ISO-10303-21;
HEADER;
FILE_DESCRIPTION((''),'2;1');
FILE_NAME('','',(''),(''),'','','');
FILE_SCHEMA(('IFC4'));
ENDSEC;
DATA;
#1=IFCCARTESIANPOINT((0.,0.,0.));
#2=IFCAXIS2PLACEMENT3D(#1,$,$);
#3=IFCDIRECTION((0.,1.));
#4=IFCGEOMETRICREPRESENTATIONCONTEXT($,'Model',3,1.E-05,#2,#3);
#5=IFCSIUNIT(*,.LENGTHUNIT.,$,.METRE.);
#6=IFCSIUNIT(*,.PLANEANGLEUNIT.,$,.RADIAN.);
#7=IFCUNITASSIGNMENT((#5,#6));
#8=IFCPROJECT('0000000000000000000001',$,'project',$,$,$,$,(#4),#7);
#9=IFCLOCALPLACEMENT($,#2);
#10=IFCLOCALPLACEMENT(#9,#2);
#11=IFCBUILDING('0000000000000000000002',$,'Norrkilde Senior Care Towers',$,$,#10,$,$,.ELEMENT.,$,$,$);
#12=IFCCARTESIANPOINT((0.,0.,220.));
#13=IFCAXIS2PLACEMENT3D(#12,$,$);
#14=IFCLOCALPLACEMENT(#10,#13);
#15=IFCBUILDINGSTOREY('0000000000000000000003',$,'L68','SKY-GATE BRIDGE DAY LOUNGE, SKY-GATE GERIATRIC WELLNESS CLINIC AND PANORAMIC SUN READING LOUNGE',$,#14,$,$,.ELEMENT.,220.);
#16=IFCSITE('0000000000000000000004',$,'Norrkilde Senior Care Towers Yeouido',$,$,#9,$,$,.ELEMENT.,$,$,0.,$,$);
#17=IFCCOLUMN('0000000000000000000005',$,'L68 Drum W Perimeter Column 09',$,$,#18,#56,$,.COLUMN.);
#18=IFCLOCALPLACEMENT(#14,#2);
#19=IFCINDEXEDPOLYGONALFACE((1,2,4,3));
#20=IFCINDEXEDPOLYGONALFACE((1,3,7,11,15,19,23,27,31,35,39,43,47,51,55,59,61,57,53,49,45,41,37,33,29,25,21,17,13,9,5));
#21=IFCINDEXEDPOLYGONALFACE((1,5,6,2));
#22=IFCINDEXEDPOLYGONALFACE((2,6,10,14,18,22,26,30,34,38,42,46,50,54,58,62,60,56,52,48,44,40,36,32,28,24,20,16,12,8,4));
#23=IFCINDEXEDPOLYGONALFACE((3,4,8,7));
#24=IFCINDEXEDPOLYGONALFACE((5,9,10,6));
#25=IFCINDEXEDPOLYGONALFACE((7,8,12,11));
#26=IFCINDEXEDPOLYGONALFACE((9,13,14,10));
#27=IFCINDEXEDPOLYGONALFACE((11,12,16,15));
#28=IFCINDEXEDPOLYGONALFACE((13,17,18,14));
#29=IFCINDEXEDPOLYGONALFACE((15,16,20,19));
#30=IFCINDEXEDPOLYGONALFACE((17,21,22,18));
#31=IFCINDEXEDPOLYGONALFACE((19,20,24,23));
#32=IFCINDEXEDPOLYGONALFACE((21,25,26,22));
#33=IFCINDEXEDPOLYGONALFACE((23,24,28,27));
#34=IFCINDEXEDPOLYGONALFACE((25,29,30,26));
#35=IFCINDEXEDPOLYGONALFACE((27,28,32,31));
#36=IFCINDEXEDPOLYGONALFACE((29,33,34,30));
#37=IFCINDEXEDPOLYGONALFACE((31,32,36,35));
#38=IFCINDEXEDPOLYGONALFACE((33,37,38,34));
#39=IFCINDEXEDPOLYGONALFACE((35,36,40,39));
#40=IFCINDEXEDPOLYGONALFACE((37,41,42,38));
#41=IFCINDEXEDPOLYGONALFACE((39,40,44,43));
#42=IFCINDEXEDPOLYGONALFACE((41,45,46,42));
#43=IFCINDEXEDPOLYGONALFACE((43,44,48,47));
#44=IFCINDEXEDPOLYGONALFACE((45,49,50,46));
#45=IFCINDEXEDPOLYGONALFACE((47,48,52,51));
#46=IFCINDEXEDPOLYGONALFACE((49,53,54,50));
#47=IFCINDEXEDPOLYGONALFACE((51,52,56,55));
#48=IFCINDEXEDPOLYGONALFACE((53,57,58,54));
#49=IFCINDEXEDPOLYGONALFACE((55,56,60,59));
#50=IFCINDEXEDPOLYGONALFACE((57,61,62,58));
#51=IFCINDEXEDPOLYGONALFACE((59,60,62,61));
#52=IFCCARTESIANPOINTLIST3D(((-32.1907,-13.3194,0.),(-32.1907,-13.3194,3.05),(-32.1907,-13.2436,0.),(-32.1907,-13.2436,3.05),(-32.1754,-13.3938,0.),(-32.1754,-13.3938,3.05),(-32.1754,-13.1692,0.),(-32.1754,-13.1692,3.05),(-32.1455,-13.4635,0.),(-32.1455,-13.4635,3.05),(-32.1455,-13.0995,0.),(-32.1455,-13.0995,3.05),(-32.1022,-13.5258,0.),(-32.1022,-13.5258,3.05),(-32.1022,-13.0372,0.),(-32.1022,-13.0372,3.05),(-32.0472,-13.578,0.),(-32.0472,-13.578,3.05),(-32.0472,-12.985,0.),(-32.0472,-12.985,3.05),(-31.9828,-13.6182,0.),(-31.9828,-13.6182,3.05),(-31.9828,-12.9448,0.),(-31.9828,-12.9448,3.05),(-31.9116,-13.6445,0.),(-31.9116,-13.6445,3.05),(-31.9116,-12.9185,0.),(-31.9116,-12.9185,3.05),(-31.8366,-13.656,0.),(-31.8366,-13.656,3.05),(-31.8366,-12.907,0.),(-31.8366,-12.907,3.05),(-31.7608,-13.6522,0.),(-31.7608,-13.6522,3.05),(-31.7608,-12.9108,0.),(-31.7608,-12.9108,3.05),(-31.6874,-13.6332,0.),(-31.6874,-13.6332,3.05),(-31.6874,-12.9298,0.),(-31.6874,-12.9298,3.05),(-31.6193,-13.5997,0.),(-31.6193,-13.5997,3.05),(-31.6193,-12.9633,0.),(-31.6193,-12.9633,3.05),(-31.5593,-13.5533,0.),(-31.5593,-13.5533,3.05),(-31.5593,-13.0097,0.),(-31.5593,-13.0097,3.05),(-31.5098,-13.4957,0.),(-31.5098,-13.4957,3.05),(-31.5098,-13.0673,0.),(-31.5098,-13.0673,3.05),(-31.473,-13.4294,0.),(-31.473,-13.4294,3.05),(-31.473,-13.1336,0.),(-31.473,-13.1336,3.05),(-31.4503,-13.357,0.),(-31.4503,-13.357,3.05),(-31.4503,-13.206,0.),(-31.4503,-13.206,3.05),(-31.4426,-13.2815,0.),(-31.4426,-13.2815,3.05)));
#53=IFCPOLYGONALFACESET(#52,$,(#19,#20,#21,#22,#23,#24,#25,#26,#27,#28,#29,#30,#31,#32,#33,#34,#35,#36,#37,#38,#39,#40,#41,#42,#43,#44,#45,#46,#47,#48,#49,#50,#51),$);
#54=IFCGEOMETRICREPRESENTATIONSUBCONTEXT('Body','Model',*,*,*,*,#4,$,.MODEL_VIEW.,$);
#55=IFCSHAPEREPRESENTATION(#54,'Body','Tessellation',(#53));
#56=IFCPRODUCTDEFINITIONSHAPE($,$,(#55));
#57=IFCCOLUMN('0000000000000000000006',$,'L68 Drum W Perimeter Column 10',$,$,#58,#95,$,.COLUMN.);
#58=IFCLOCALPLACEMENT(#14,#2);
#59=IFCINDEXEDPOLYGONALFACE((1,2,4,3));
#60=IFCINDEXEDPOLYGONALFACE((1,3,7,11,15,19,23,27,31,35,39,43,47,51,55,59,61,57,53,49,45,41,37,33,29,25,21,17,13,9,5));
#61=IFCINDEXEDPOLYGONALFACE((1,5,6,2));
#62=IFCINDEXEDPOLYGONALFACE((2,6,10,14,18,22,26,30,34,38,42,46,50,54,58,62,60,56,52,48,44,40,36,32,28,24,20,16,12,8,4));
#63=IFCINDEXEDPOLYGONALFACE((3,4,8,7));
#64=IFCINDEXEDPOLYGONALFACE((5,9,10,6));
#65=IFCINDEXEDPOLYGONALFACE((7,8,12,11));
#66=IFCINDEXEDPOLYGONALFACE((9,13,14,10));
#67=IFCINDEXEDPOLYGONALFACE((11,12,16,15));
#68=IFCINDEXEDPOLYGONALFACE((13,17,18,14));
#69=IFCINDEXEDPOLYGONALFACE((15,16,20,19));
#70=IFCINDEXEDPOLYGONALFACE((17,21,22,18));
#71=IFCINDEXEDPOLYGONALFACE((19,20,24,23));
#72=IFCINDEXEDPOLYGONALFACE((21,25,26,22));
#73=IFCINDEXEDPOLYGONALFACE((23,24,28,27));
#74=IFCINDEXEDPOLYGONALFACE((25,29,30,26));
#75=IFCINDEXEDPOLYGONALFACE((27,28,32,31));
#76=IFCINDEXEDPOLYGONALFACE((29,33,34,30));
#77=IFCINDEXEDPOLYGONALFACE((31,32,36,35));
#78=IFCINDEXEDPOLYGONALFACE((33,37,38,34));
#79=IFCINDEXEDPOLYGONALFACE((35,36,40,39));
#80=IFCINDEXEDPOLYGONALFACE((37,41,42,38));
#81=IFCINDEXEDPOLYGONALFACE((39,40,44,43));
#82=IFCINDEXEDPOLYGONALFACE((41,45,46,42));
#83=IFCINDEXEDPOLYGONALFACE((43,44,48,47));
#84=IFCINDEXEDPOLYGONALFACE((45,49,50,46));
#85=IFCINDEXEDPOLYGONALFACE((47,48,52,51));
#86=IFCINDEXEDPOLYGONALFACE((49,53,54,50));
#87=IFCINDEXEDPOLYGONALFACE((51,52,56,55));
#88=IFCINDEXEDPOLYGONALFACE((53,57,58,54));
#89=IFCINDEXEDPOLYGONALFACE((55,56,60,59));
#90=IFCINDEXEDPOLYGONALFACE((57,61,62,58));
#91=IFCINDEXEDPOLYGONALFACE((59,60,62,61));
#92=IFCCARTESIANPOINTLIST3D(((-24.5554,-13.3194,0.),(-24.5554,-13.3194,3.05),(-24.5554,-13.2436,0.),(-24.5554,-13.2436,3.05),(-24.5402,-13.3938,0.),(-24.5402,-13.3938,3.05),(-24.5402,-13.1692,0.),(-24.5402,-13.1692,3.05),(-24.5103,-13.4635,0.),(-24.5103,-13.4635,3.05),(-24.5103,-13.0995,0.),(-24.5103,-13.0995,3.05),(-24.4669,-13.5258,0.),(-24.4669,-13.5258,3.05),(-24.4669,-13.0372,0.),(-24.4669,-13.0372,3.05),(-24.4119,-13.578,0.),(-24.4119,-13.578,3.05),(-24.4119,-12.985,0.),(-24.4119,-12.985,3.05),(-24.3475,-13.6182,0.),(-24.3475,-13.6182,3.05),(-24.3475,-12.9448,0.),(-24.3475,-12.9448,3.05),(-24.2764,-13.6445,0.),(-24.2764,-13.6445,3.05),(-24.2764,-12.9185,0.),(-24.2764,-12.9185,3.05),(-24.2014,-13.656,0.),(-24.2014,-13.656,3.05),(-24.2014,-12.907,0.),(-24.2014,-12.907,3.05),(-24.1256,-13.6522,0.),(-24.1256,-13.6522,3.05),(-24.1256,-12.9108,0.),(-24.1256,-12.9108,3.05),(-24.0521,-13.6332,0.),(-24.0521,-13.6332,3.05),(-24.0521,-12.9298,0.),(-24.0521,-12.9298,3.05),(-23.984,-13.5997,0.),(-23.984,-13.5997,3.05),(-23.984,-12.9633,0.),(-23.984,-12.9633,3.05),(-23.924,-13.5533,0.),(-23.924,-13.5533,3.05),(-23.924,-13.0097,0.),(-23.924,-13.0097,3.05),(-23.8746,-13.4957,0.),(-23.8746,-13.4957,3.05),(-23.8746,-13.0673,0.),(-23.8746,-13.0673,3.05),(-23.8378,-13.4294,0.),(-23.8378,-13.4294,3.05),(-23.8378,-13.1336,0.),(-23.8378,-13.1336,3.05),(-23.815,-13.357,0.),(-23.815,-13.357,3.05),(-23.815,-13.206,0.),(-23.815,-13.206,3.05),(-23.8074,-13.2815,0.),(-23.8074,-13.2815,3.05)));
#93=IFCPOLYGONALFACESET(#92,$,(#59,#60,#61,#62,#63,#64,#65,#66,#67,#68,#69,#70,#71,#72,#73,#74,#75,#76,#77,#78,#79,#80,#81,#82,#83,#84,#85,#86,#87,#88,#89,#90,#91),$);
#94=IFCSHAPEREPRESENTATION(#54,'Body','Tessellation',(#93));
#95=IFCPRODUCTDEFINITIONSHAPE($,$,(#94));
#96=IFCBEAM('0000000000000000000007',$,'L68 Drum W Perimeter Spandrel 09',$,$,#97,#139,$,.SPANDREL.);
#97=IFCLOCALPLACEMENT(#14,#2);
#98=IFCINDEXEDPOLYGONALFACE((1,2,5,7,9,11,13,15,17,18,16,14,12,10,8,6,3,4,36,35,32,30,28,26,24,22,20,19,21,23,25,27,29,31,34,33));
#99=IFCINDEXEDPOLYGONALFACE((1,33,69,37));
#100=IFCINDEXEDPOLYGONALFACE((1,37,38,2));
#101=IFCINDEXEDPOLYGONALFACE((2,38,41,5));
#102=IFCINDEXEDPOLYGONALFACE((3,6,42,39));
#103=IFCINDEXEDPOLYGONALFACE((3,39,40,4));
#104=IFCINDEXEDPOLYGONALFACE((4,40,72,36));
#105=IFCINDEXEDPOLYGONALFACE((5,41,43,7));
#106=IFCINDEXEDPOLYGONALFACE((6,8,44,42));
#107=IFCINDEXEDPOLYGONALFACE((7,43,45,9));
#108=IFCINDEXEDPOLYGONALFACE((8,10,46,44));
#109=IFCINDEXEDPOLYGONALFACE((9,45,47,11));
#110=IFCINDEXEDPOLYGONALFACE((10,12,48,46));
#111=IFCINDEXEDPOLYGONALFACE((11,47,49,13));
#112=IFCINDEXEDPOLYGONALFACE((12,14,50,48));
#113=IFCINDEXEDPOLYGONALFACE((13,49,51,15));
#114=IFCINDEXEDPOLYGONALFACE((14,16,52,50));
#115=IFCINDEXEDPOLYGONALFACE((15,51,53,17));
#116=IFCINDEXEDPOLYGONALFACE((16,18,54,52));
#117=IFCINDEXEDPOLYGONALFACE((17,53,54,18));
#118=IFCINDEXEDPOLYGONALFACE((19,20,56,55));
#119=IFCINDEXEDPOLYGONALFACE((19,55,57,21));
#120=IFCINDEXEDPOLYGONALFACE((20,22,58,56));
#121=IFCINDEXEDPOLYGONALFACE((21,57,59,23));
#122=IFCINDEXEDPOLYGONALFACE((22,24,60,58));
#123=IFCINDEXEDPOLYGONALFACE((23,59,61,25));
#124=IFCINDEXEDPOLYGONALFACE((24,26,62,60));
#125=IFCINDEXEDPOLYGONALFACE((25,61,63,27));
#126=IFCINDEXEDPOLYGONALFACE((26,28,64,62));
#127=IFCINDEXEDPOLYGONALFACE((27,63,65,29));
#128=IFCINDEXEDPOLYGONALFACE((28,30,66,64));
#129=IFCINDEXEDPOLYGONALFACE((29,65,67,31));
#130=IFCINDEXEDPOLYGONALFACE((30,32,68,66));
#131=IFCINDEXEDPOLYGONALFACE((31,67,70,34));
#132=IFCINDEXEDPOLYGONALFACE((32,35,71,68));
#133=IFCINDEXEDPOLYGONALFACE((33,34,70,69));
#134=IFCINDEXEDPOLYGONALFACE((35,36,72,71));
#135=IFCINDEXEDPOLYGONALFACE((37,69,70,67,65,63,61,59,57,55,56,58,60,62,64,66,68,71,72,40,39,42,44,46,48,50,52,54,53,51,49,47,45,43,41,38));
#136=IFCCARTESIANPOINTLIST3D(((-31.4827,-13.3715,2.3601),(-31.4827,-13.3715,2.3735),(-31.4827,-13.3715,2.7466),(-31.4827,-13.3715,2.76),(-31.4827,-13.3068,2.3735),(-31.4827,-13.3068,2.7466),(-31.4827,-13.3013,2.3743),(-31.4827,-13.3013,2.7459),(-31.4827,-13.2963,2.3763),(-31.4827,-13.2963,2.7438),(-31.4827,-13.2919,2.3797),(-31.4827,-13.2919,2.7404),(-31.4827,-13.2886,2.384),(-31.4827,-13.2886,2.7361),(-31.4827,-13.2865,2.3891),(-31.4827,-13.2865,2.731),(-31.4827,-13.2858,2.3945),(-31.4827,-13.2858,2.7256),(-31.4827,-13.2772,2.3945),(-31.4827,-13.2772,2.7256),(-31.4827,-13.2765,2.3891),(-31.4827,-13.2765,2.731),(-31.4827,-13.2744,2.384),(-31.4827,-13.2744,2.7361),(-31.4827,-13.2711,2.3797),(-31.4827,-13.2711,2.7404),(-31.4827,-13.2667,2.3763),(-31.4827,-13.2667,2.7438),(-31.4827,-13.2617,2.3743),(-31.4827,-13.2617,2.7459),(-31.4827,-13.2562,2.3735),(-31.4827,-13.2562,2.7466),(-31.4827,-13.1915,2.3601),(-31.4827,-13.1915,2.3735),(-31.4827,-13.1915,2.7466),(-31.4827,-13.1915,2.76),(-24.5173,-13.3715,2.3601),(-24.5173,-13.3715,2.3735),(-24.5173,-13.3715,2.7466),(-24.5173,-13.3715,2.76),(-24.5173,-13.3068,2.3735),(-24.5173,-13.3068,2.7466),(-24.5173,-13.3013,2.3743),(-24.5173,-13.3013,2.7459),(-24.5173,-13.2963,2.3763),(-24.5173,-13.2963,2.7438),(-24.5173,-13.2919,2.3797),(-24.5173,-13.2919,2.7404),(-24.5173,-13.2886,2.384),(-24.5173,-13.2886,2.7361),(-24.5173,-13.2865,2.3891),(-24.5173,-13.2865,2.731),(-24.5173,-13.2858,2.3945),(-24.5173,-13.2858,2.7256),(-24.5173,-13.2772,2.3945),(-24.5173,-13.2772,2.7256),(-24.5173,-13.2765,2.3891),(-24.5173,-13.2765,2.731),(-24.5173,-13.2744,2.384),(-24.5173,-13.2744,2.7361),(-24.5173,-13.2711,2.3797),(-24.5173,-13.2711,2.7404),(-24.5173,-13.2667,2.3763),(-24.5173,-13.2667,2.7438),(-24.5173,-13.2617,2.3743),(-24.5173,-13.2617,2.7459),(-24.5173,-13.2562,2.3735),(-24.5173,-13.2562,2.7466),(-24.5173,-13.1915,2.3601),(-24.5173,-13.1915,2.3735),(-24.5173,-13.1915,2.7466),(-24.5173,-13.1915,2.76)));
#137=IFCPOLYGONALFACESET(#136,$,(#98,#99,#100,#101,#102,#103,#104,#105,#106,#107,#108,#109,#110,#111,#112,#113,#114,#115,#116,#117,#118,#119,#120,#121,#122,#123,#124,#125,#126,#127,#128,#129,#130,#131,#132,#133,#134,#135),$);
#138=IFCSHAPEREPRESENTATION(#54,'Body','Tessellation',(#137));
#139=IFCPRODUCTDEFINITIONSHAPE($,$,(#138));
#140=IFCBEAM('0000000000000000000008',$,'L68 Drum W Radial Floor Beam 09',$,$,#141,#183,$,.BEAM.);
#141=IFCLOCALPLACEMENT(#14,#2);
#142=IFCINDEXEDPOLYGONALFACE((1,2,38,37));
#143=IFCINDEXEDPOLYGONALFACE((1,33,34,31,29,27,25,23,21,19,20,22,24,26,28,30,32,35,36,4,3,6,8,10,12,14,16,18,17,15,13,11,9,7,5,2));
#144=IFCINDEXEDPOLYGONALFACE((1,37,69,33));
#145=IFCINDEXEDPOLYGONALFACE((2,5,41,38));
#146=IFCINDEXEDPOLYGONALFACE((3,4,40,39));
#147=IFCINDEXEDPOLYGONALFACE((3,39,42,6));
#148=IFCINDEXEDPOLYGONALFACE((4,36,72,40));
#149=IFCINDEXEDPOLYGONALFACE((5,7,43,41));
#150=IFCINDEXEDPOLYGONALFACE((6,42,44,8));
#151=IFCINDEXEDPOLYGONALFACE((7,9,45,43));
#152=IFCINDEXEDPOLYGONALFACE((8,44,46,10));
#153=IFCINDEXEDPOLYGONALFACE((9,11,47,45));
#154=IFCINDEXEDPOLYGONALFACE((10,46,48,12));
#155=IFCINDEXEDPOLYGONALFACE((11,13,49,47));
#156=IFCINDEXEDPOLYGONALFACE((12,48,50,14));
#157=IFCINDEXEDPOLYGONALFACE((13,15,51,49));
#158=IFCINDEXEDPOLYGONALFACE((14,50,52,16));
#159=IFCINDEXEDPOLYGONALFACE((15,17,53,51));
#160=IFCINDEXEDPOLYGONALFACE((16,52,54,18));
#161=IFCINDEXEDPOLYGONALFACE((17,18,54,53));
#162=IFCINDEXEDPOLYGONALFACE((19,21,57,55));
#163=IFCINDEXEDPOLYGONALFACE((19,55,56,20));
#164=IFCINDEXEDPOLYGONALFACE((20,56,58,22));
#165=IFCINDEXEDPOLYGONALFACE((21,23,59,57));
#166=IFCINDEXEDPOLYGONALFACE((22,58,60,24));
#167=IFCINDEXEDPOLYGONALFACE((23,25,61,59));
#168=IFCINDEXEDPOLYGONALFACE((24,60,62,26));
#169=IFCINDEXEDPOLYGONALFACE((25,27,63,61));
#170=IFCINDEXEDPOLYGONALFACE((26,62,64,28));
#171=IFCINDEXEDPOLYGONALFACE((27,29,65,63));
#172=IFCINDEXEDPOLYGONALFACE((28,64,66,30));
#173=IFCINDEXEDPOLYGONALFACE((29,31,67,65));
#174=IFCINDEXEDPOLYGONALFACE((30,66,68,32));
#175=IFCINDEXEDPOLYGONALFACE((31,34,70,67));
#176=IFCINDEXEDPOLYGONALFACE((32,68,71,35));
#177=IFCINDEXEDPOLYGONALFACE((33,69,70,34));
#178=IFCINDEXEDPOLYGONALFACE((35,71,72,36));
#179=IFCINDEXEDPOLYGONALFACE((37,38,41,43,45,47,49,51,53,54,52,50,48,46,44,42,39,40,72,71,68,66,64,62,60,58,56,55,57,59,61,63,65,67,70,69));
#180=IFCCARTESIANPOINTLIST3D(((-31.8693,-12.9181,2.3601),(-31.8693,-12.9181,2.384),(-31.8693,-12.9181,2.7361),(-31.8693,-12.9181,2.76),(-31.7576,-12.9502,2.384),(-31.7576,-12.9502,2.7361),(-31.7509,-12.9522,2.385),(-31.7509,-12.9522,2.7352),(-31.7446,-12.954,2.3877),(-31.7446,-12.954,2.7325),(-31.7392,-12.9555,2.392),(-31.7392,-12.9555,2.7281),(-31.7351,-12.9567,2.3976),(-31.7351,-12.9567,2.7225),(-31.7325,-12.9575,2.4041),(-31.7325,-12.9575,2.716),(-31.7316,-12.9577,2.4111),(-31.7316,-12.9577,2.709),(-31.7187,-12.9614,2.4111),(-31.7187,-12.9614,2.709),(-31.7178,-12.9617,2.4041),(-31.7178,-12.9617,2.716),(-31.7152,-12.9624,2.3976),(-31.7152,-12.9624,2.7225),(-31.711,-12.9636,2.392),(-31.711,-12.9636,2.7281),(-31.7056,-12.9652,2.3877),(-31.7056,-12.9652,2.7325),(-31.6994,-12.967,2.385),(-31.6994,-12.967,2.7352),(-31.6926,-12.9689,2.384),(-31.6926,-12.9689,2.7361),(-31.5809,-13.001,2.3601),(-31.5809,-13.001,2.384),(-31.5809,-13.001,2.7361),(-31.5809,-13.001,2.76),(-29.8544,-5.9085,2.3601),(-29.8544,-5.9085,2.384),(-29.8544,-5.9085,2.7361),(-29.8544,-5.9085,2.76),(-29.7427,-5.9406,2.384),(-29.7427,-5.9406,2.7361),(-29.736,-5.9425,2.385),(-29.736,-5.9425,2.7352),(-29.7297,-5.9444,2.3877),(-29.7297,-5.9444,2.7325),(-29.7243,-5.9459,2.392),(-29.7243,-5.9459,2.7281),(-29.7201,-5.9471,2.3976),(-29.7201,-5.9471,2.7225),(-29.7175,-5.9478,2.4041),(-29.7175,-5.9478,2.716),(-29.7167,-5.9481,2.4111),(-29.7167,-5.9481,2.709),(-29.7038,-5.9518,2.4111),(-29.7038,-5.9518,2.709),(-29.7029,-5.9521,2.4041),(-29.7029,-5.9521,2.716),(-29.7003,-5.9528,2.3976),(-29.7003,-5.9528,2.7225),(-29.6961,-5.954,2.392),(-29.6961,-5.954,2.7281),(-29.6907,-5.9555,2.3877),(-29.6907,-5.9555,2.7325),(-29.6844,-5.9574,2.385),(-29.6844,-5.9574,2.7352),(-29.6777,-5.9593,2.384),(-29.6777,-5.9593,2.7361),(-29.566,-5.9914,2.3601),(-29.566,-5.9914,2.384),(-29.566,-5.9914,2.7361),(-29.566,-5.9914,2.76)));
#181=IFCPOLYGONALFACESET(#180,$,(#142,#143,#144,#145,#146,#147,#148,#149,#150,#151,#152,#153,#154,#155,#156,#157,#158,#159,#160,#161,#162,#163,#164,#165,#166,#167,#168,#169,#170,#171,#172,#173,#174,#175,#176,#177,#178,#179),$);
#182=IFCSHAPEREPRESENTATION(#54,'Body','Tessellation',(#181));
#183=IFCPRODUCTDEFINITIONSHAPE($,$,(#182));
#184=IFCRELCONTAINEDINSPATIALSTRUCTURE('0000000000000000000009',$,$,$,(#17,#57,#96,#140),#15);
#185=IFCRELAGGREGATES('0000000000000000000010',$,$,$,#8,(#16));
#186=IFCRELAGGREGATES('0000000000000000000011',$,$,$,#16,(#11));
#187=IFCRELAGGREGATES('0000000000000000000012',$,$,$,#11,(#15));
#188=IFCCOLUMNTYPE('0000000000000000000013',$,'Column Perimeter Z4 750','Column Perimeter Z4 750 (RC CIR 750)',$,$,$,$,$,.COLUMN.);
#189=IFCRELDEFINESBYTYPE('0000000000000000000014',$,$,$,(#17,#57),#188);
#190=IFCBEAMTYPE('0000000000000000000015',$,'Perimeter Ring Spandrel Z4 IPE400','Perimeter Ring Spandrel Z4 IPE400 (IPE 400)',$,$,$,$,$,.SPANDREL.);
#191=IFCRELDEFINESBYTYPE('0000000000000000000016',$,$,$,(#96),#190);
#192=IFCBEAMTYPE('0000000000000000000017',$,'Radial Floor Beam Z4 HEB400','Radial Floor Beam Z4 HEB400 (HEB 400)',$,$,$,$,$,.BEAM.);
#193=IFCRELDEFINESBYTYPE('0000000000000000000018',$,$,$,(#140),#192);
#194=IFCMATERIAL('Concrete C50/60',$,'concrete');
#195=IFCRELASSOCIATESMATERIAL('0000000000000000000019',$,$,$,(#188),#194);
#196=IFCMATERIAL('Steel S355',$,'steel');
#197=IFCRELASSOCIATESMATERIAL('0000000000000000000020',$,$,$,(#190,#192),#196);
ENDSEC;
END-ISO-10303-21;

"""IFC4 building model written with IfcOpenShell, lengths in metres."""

from ifc_helpers import new_model, si_unit, direction, frame, origin, origin_2d, place, context, subcontext, project, spatial, circle, i_section, extrude, source, transform, mapped, material, material_profile, profile_set, type_object, type_shapes, element, save


model = new_model("IFC4")

# Units and contexts
model_context = context("Model", 3, precision=1e-05, world=origin(), true_north=direction((0.0, 1.0)))
body_context = subcontext(model_context, "Body", "Model", "MODEL_VIEW")
ifc_project = project(units=[si_unit("LENGTHUNIT", "METRE"), si_unit("PLANEANGLEUNIT", "RADIAN")], contexts=[model_context])

# Site, building, storey
site_placement = place(None, origin())
site = spatial("IfcSite", under=ifc_project, at=site_placement, Name="Norrkilde Senior Care Towers Yeouido", CompositionType="ELEMENT", RefElevation=0.0)
building_placement = place(site_placement, origin())
building = spatial("IfcBuilding", under=site, at=building_placement, Name="Norrkilde Senior Care Towers", CompositionType="ELEMENT")
storey_placement = place(building_placement, frame((0.0, 0.0, 220.0)))
storey = spatial("IfcBuildingStorey", under=building, at=storey_placement, Name="L68", Description="SKY-GATE BRIDGE DAY LOUNGE, SKY-GATE GERIATRIC WELLNESS CLINIC AND PANORAMIC SUN READING LOUNGE", CompositionType="ELEMENT", Elevation=220.0)

# Columns
ifc_material_1 = material(Name="Concrete C50/60", Category="concrete")
ifc_material_profile_1 = material_profile(ifc_material_1, circle(Radius=0.375, at=origin_2d()), Name="RC CIR 750")
ifc_profile_set_1 = profile_set([ifc_material_profile_1], Name="Concrete C50/60")
column_type = type_object("IfcColumnType", Name="Column Perimeter Z4 750", Description="Column Perimeter Z4 750 (RC CIR 750)", PredefinedType="COLUMN", material=ifc_profile_set_1)
shared_shape_1 = source(origin(), body_context, "Body", "SweptSolid", [
    extrude(circle(Radius=0.375, at=origin_2d()), origin(), (0.0, 0.0, 1.0), 3.05),
])
type_shapes(column_type, [shared_shape_1])
for number, where, z_axis, x_axis, name in (
    (1, (-31.8176, -13.2815, 0.0), (0.0, 0.0, 1.0), (1.0, 0.0, 0.0), "L68 Drum W Perimeter Column 09"),
    (2, (-24.1824, -13.2815, 0.0), (0.0, 0.0, 1.0), (1.0, 0.0, 0.0), "L68 Drum W Perimeter Column 10"),
):
    element("IfcColumn", number, at=place(storey_placement, frame(where, z_axis=z_axis, x_axis=x_axis)), inside=storey, type_object=column_type, Name=name, PredefinedType="COLUMN", context=body_context, shape_type="MappedRepresentation", body=[
        mapped(shared_shape_1, transform((0.0, 0.0, 0.0), x_axis=(1.0, 0.0, 0.0), y_axis=(0.0, 1.0, 0.0), z_axis=(0.0, 0.0, 1.0), scale=1.0)),
    ])

# Beams
ifc_material_2 = material(Name="Steel S355", Category="steel")
ifc_material_profile_2 = material_profile(ifc_material_2, i_section(OverallWidth=0.1799, OverallDepth=0.3999, WebThickness=0.0085, FlangeThickness=0.0134, FilletRadius=0.021, at=origin_2d()), Name="IPE 400")
ifc_profile_set_2 = profile_set([ifc_material_profile_2], Name="Steel S355")
beam_type_1 = type_object("IfcBeamType", Name="Perimeter Ring Spandrel Z4 IPE400", Description="Perimeter Ring Spandrel Z4 IPE400 (IPE 400)", PredefinedType="SPANDREL", material=ifc_profile_set_2)
shared_shape_2 = source(origin(), body_context, "Body", "SweptSolid", [
    extrude(i_section(OverallWidth=0.1799, OverallDepth=0.3999, WebThickness=0.0085, FlangeThickness=0.0134, FilletRadius=0.021, at=origin_2d()), origin(), (0.0, 0.0, 1.0), 6.9653),
])
type_shapes(beam_type_1, [shared_shape_2])
beam_placement = place(storey_placement, frame((-31.4827, -13.2815, 2.5601), z_axis=(1.0, 0.0, 0.0), x_axis=(0.0, 1.0, 0.0)))
element("IfcBeam", 3, at=beam_placement, inside=storey, type_object=beam_type_1, Name="L68 Drum W Perimeter Spandrel 09", PredefinedType="SPANDREL", context=body_context, shape_type="MappedRepresentation", body=[
    mapped(shared_shape_2, transform((0.0, 0.0, 0.0), x_axis=(1.0, 0.0, 0.0), y_axis=(0.0, 1.0, 0.0), z_axis=(0.0, 0.0, 1.0), scale=1.0)),
])
ifc_material_profile_3 = material_profile(ifc_material_2, i_section(OverallWidth=0.3, OverallDepth=0.3999, WebThickness=0.0134, FlangeThickness=0.0239, FilletRadius=0.0271, at=origin_2d()), Name="HEB 400")
ifc_profile_set_3 = profile_set([ifc_material_profile_3], Name="Steel S355")
beam_type_2 = type_object("IfcBeamType", Name="Radial Floor Beam Z4 HEB400", Description="Radial Floor Beam Z4 HEB400 (HEB 400)", PredefinedType="BEAM", material=ifc_profile_set_3)
shared_shape_3 = source(origin(), body_context, "Body", "SweptSolid", [
    extrude(i_section(OverallWidth=0.3, OverallDepth=0.3999, WebThickness=0.0134, FlangeThickness=0.0239, FilletRadius=0.0271, at=origin_2d()), origin(), (0.0, 0.0, 1.0), 7.2935),
])
type_shapes(beam_type_2, [shared_shape_3])
for number, where, z_axis, x_axis, name in (
    (4, (-29.7102, -5.95, 2.5601), (-0.276264, -0.961082, 0.0), (0.961082, -0.276264, 0.0), "L68 Drum W Radial Floor Beam 09"),
):
    element("IfcBeam", number, at=place(storey_placement, frame(where, z_axis=z_axis, x_axis=x_axis)), inside=storey, type_object=beam_type_2, Name=name, PredefinedType="BEAM", context=body_context, shape_type="MappedRepresentation", body=[
        mapped(shared_shape_3, transform((0.0, 0.0, 0.0), x_axis=(1.0, 0.0, 0.0), y_axis=(0.0, 1.0, 0.0), z_axis=(0.0, 0.0, 1.0), scale=1.0)),
    ])

save(model, "model.ifc")
